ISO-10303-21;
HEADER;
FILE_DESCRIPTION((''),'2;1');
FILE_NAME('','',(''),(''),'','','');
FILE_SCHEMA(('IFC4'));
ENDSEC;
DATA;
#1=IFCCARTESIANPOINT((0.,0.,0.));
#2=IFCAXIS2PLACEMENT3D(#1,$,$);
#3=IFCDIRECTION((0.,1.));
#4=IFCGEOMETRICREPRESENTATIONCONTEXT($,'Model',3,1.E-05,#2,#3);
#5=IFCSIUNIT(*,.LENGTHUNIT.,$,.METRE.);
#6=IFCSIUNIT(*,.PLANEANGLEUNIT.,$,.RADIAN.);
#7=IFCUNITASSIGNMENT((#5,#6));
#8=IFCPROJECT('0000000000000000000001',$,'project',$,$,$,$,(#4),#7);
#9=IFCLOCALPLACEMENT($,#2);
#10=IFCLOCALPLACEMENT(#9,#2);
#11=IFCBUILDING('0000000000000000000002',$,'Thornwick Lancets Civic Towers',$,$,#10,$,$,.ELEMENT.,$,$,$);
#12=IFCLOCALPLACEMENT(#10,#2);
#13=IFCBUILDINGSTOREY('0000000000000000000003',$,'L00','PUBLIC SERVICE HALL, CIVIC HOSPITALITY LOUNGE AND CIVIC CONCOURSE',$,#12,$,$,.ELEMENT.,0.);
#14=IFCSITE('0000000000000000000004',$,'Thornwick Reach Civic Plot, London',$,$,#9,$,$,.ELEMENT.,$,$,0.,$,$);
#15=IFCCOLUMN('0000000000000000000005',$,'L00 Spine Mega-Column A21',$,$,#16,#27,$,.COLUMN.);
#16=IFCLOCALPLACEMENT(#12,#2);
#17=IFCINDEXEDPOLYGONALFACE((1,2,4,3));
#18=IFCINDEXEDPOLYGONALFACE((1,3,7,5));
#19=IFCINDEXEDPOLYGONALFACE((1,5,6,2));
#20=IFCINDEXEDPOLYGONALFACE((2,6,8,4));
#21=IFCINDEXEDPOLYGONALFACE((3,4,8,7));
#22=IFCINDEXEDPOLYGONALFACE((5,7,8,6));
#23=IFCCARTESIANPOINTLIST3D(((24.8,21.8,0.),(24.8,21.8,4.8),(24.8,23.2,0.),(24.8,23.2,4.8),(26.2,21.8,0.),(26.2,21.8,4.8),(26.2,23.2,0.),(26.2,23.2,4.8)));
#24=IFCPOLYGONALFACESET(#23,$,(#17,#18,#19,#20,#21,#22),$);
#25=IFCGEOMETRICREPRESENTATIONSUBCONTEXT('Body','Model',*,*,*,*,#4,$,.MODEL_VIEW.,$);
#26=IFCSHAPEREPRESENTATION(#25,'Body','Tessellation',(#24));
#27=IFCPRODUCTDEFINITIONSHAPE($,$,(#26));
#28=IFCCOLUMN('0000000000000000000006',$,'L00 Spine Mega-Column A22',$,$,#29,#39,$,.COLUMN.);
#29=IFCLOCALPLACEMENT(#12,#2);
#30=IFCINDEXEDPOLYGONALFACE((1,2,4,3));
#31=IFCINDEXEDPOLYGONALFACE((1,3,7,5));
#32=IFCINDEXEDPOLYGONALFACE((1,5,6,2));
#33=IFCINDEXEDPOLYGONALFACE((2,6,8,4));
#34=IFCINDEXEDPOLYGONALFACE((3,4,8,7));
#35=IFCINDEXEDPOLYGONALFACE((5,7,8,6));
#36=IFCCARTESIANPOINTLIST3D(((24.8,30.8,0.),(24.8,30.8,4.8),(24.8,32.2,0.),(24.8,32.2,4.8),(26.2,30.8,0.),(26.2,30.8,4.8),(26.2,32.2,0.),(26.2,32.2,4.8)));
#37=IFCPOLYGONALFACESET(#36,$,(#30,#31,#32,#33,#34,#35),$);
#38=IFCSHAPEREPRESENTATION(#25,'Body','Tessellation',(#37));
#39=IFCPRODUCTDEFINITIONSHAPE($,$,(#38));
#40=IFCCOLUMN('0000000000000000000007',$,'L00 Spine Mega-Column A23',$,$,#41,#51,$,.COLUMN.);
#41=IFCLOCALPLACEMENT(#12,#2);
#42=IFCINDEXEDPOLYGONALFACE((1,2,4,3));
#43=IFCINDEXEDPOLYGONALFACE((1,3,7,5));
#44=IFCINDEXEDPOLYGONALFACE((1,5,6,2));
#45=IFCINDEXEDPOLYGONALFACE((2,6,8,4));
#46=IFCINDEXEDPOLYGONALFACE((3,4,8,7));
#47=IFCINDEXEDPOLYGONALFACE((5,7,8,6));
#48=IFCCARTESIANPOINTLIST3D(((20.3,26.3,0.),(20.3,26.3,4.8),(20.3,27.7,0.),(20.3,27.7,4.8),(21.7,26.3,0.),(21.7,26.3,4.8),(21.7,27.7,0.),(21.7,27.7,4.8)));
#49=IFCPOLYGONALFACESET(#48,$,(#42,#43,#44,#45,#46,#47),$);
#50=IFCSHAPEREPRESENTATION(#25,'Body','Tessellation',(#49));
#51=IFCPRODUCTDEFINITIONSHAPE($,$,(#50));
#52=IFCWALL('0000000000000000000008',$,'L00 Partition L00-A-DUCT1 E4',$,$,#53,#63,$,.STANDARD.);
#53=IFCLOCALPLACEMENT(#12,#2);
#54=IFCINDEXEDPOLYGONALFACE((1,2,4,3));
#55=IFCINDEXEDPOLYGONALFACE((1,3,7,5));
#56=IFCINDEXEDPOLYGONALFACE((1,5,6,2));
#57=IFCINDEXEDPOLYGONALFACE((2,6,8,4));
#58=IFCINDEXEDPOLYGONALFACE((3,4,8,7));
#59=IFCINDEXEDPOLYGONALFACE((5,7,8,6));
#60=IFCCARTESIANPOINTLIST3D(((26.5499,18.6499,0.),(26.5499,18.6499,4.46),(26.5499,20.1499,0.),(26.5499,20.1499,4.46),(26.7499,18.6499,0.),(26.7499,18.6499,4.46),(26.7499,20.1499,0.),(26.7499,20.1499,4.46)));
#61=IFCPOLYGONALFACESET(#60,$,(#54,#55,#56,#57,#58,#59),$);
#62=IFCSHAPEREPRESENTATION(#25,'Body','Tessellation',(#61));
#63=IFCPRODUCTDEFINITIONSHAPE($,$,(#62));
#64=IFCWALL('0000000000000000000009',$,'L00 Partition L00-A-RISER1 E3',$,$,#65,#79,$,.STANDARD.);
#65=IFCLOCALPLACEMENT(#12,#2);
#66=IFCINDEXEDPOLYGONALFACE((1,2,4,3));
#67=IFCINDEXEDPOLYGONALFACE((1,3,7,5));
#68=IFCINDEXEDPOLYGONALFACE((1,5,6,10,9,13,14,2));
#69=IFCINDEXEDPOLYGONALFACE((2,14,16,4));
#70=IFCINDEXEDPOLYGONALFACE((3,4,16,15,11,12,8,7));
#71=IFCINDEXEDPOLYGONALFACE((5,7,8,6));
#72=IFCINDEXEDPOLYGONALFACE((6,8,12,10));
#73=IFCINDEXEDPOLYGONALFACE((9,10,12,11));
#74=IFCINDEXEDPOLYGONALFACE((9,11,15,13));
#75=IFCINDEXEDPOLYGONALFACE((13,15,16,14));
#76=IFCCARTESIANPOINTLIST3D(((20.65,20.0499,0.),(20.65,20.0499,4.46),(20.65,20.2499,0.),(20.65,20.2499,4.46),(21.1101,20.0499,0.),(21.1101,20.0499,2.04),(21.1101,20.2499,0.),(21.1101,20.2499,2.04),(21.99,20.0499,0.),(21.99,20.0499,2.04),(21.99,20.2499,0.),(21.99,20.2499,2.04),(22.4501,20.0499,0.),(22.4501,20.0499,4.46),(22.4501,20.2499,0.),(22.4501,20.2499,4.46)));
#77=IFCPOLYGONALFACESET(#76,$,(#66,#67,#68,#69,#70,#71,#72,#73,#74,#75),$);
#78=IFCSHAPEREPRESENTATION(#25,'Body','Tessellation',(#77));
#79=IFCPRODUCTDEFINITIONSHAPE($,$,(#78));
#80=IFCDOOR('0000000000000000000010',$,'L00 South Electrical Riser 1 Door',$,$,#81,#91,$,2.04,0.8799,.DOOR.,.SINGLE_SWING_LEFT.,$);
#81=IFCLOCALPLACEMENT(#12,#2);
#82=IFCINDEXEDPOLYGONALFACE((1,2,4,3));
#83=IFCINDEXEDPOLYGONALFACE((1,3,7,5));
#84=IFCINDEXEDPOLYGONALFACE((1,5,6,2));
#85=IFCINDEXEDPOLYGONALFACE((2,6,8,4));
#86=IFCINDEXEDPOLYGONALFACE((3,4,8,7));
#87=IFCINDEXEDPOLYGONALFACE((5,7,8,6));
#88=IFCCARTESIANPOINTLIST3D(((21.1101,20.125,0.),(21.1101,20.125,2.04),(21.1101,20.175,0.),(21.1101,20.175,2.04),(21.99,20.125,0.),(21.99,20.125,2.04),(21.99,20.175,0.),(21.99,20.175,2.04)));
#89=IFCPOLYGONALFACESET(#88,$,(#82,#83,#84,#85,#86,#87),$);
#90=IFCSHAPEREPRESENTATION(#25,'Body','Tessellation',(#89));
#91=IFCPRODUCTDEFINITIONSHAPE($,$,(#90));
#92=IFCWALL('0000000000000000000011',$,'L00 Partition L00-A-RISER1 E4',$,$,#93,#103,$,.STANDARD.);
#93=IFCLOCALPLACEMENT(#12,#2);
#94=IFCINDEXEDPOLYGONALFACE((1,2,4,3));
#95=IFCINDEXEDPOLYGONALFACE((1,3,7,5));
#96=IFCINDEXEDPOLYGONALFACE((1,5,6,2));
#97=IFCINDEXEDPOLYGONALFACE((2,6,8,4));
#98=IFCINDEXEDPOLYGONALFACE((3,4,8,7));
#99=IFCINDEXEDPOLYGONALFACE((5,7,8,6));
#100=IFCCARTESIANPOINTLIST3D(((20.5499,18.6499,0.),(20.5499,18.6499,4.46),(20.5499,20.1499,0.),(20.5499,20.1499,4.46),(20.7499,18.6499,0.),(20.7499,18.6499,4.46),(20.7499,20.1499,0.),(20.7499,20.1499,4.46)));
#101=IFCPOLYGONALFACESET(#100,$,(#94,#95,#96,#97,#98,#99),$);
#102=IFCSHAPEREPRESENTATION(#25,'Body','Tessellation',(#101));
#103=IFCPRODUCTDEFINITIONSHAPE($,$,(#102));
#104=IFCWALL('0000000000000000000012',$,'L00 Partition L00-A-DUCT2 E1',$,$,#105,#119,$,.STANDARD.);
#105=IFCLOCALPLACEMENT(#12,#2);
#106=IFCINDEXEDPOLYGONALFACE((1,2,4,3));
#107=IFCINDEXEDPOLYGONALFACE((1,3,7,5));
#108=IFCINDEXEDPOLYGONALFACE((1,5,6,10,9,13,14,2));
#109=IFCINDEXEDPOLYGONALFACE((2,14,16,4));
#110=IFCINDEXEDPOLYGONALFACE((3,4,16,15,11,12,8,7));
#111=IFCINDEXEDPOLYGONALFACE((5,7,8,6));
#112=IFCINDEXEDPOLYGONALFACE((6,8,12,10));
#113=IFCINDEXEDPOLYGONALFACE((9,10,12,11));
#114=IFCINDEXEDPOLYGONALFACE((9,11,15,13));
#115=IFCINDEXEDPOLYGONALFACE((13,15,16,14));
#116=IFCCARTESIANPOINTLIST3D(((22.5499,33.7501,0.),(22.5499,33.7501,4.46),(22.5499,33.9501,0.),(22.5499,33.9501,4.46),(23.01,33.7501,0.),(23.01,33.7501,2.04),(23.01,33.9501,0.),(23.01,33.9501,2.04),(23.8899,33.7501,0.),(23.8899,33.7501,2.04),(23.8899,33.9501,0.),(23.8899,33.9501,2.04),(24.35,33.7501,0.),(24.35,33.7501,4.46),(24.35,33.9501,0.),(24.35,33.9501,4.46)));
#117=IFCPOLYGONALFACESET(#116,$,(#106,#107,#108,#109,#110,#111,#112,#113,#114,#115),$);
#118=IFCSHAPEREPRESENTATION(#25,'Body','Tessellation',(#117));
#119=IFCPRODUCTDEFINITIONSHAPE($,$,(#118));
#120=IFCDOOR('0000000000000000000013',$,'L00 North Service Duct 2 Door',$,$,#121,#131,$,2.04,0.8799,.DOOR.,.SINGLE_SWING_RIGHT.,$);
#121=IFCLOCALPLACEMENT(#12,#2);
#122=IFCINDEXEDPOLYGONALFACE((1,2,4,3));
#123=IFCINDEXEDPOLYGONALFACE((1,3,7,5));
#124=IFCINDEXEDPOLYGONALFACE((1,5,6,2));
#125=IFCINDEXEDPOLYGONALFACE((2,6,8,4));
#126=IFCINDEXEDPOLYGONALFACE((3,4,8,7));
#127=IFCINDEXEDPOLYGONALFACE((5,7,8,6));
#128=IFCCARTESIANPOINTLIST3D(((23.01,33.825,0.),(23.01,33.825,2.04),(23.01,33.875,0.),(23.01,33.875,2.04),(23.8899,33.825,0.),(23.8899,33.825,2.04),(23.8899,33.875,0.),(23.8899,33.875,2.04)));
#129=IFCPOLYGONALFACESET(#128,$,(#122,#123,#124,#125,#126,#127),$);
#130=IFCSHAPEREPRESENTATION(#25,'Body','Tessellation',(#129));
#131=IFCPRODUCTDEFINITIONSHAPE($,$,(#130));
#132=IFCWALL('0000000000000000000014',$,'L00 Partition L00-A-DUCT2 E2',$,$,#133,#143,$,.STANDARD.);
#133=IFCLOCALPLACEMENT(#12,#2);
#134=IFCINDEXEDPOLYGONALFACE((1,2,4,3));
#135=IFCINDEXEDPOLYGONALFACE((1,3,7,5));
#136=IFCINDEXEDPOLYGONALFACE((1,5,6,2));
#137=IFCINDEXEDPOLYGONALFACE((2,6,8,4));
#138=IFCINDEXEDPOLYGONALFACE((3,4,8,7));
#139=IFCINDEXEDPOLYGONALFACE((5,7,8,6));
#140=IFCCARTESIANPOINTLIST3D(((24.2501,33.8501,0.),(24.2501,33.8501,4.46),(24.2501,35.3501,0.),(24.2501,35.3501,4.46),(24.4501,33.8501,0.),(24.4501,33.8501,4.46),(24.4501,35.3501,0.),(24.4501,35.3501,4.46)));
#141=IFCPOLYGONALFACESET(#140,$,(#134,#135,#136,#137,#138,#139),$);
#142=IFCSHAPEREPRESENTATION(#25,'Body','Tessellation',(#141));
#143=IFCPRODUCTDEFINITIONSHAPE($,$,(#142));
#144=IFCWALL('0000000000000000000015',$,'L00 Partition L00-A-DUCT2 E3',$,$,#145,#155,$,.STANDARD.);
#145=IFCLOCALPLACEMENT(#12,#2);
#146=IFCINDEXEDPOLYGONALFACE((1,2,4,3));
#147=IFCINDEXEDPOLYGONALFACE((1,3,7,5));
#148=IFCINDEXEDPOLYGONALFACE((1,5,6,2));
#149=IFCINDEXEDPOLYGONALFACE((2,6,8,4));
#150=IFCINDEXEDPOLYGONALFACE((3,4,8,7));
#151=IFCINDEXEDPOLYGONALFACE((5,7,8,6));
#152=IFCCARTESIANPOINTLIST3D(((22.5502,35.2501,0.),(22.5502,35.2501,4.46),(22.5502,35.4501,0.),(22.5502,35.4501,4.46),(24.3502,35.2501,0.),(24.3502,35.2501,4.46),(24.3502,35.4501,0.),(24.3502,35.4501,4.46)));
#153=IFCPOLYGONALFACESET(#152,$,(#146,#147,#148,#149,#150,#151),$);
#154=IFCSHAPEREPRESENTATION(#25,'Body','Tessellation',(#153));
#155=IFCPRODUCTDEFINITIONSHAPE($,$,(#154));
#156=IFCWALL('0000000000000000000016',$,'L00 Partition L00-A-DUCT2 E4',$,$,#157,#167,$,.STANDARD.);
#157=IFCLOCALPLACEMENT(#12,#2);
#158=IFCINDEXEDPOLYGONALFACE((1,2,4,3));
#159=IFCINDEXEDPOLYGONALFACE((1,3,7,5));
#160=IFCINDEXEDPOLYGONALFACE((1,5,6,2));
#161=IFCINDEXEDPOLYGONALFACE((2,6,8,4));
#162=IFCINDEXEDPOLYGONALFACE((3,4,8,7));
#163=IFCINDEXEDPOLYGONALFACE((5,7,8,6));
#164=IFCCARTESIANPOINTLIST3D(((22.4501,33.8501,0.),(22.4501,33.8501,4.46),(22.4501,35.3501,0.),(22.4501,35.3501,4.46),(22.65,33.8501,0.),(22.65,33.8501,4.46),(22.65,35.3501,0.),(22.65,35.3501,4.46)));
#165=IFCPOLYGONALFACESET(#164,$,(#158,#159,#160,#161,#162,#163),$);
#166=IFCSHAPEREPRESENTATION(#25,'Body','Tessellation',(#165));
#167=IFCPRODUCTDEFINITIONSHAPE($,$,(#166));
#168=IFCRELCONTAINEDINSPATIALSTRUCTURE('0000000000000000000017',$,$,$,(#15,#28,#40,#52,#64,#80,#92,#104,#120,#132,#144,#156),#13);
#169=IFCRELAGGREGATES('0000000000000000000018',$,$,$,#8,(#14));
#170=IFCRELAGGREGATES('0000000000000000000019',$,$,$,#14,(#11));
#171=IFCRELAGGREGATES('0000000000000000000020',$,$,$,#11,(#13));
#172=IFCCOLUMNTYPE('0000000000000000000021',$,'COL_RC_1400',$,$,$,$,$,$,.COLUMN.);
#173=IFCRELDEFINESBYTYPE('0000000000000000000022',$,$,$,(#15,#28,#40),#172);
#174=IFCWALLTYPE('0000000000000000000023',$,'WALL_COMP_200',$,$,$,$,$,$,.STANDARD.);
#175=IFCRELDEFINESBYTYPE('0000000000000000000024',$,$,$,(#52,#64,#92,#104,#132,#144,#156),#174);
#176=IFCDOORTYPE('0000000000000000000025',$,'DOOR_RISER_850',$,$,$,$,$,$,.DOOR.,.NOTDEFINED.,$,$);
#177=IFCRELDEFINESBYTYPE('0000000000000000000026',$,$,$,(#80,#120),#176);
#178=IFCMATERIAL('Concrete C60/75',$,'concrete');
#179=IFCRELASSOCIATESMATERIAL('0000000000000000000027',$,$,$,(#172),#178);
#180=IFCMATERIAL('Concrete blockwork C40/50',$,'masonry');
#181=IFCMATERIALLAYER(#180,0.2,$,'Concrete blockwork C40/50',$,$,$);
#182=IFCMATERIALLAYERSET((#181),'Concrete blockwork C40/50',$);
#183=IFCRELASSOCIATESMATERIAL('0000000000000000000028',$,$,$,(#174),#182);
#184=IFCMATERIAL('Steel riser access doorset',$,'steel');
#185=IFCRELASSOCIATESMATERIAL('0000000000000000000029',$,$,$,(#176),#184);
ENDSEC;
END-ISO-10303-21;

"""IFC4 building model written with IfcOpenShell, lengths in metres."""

from ifc_helpers import new_model, si_unit, direction, frame, frame_2d, origin, origin_2d, place, context, subcontext, project, spatial, rectangle, extrude, material, layer, layer_set, material_profile, profile_set, type_object, element, fill, save


model = new_model("IFC4")

# Units and contexts
model_context = context("Model", 3, precision=1e-05, world=origin(), true_north=direction((0.0, 1.0)))
body_context = subcontext(model_context, "Body", "Model", "MODEL_VIEW")
ifc_project = project(units=[si_unit("LENGTHUNIT", "METRE"), si_unit("PLANEANGLEUNIT", "RADIAN")], contexts=[model_context])

# Site, building, storey
site_placement = place(None, origin())
site = spatial("IfcSite", under=ifc_project, at=site_placement, Name="Thornwick Reach Civic Plot, London", CompositionType="ELEMENT", RefElevation=0.0)
building_placement = place(site_placement, origin())
building = spatial("IfcBuilding", under=site, at=building_placement, Name="Thornwick Lancets Civic Towers", CompositionType="ELEMENT")
storey_placement = place(building_placement, origin())
storey = spatial("IfcBuildingStorey", under=building, at=storey_placement, Name="L00", Description="PUBLIC SERVICE HALL, CIVIC HOSPITALITY LOUNGE AND CIVIC CONCOURSE", CompositionType="ELEMENT", Elevation=0.0)

# Columns
ifc_material_1 = material(Name="Concrete C60/75", Category="concrete")
ifc_material_profile = material_profile(ifc_material_1, rectangle(XDim=1.3999, YDim=1.3999, at=origin_2d()), Name="RC 1400x1400")
ifc_profile_set = profile_set([ifc_material_profile], Name="Concrete C60/75")
column_type = type_object("IfcColumnType", Name="COL_RC_1400", PredefinedType="COLUMN", material=ifc_profile_set)
for number, where, z_axis, x_axis, name in (
    (1, (25.5, 22.5, 0.0), (0.0, 0.0, 1.0), (1.0, 0.0, 0.0), "L00 Spine Mega-Column A21"),
    (2, (25.5, 31.5, 0.0), (0.0, 0.0, 1.0), (1.0, 0.0, 0.0), "L00 Spine Mega-Column A22"),
    (3, (21.0, 27.0, 0.0), (0.0, 0.0, 1.0), (1.0, 0.0, 0.0), "L00 Spine Mega-Column A23"),
):
    element("IfcColumn", number, at=place(storey_placement, frame(where, z_axis=z_axis, x_axis=x_axis)), inside=storey, type_object=column_type, Name=name, PredefinedType="COLUMN", context=body_context, shape_type="SweptSolid", body=[
        extrude(rectangle(XDim=1.3999, YDim=1.3999, at=origin_2d()), origin(), (0.0, 0.0, 1.0), 4.8),
    ])

# Wall
ifc_material_2 = material(Name="Concrete blockwork C40/50", Category="masonry")
ifc_layer_1 = layer(ifc_material_2, 0.2, Name="Concrete blockwork C40/50")
ifc_layer_set_1 = layer_set([ifc_layer_1], Name="Concrete blockwork C40/50")
wall_type_1 = type_object("IfcWallType", Name="WALL_COMP_200", PredefinedType="STANDARD", material=ifc_layer_set_1)
wall_1_placement = place(storey_placement, frame((26.6499, 20.1499, 0.0), z_axis=(0.0, 0.0, 1.0), x_axis=(0.0, -1.0, 0.0)))
element("IfcWall", 4, at=wall_1_placement, inside=storey, type_object=wall_type_1, Name="L00 Partition L00-A-DUCT1 E4", PredefinedType="STANDARD", context=body_context, shape_type="SweptSolid", body=[
    extrude(rectangle(XDim=1.5, YDim=0.2, at=frame_2d((0.75, 0.0))), origin(), (0.0, 0.0, 1.0), 4.46),
])

# Wall, opening, door
wall_2_placement = place(storey_placement, frame((22.45, 20.1499, 0.0), z_axis=(0.0, 0.0, 1.0), x_axis=(-1.0, 0.0, 0.0)))
wall_2 = element("IfcWall", 5, at=wall_2_placement, inside=storey, type_object=wall_type_1, Name="L00 Partition L00-A-RISER1 E3", PredefinedType="STANDARD", context=body_context, shape_type="SweptSolid", body=[
    extrude(rectangle(XDim=1.8, YDim=0.2, at=frame_2d((0.8999, 0.0))), origin(), (0.0, 0.0, 1.0), 4.46),
])
opening_1_placement = place(wall_2_placement, frame((0.46, 0.0, 0.0)))
opening_1 = element("IfcOpeningElement", 6, at=opening_1_placement, cuts=wall_2, PredefinedType="OPENING", context=body_context, shape_type="SweptSolid", body=[
    extrude(rectangle(XDim=0.8799, YDim=2.04, at=frame_2d((0.4399, 1.02))), frame((0.0, 0.1099, 0.0), z_axis=(0.0, -1.0, 0.0), x_axis=(1.0, 0.0, 0.0)), (0.0, 0.0, 1.0), 0.22),
])
ifc_material_3 = material(Name="Steel riser access doorset", Category="steel")
door_type_1 = type_object("IfcDoorType", Name="DOOR_RISER_850", OperationType="NOTDEFINED", PredefinedType="DOOR", material=ifc_material_3)
door_1_placement = place(opening_1_placement, origin())
door_1 = element("IfcDoor", 7, at=door_1_placement, inside=storey, type_object=door_type_1, Name="L00 South Electrical Riser 1 Door", OperationType="SINGLE_SWING_LEFT", OverallHeight=2.04, OverallWidth=0.8799, PredefinedType="DOOR", context=body_context, shape_type="SweptSolid", body=[
    extrude(rectangle(XDim=0.8799, YDim=2.04, at=frame_2d((0.4399, 1.02))), frame((0.0, 0.0249, 0.0), z_axis=(0.0, -1.0, 0.0), x_axis=(1.0, 0.0, 0.0)), (0.0, 0.0, 1.0), 0.05),
])
fill(opening_1, door_1)

# Wall
wall_3_placement = place(storey_placement, frame((20.6499, 20.1499, 0.0), z_axis=(0.0, 0.0, 1.0), x_axis=(0.0, -1.0, 0.0)))
element("IfcWall", 8, at=wall_3_placement, inside=storey, type_object=wall_type_1, Name="L00 Partition L00-A-RISER1 E4", PredefinedType="STANDARD", context=body_context, shape_type="SweptSolid", body=[
    extrude(rectangle(XDim=1.5, YDim=0.2, at=frame_2d((0.75, 0.0))), origin(), (0.0, 0.0, 1.0), 4.46),
])

# Wall, opening, door
wall_4_placement = place(storey_placement, frame((22.55, 33.8501, 0.0), z_axis=(0.0, 0.0, 1.0), x_axis=(1.0, 0.0, 0.0)))
wall_4 = element("IfcWall", 9, at=wall_4_placement, inside=storey, type_object=wall_type_1, Name="L00 Partition L00-A-DUCT2 E1", PredefinedType="STANDARD", context=body_context, shape_type="SweptSolid", body=[
    extrude(rectangle(XDim=1.8, YDim=0.2, at=frame_2d((0.8999, 0.0))), origin(), (0.0, 0.0, 1.0), 4.46),
])
opening_2_placement = place(wall_4_placement, frame((0.46, 0.0, 0.0)))
opening_2 = element("IfcOpeningElement", 10, at=opening_2_placement, cuts=wall_4, PredefinedType="OPENING", context=body_context, shape_type="SweptSolid", body=[
    extrude(rectangle(XDim=0.8799, YDim=2.04, at=frame_2d((0.4399, 1.02))), frame((0.0, 0.1099, 0.0), z_axis=(0.0, -1.0, 0.0), x_axis=(1.0, 0.0, 0.0)), (0.0, 0.0, 1.0), 0.22),
])
door_2_placement = place(opening_2_placement, origin())
door_2 = element("IfcDoor", 11, at=door_2_placement, inside=storey, type_object=door_type_1, Name="L00 North Service Duct 2 Door", OperationType="SINGLE_SWING_RIGHT", OverallHeight=2.04, OverallWidth=0.8799, PredefinedType="DOOR", context=body_context, shape_type="SweptSolid", body=[
    extrude(rectangle(XDim=0.8799, YDim=2.04, at=frame_2d((0.4399, 1.02))), frame((0.0, 0.0249, 0.0), z_axis=(0.0, -1.0, 0.0), x_axis=(1.0, 0.0, 0.0)), (0.0, 0.0, 1.0), 0.05),
])
fill(opening_2, door_2)

# Walls
wall_5_placement = place(storey_placement, frame((24.3501, 33.8501, 0.0), z_axis=(0.0, 0.0, 1.0), x_axis=(0.0, 1.0, 0.0)))
element("IfcWall", 12, at=wall_5_placement, inside=storey, type_object=wall_type_1, Name="L00 Partition L00-A-DUCT2 E2", PredefinedType="STANDARD", context=body_context, shape_type="SweptSolid", body=[
    extrude(rectangle(XDim=1.5, YDim=0.2, at=frame_2d((0.75, 0.0))), origin(), (0.0, 0.0, 1.0), 4.46),
])
wall_6_placement = place(storey_placement, frame((24.3501, 35.3501, 0.0), z_axis=(0.0, 0.0, 1.0), x_axis=(-1.0, 0.0, 0.0)))
element("IfcWall", 13, at=wall_6_placement, inside=storey, type_object=wall_type_1, Name="L00 Partition L00-A-DUCT2 E3", PredefinedType="STANDARD", context=body_context, shape_type="SweptSolid", body=[
    extrude(rectangle(XDim=1.8, YDim=0.2, at=frame_2d((0.8999, 0.0))), origin(), (0.0, 0.0, 1.0), 4.46),
])
wall_7_placement = place(storey_placement, frame((22.55, 35.3501, 0.0), z_axis=(0.0, 0.0, 1.0), x_axis=(0.0, -1.0, 0.0)))
element("IfcWall", 14, at=wall_7_placement, inside=storey, type_object=wall_type_1, Name="L00 Partition L00-A-DUCT2 E4", PredefinedType="STANDARD", context=body_context, shape_type="SweptSolid", body=[
    extrude(rectangle(XDim=1.5, YDim=0.2, at=frame_2d((0.75, 0.0))), origin(), (0.0, 0.0, 1.0), 4.46),
])

save(model, "model.ifc")
